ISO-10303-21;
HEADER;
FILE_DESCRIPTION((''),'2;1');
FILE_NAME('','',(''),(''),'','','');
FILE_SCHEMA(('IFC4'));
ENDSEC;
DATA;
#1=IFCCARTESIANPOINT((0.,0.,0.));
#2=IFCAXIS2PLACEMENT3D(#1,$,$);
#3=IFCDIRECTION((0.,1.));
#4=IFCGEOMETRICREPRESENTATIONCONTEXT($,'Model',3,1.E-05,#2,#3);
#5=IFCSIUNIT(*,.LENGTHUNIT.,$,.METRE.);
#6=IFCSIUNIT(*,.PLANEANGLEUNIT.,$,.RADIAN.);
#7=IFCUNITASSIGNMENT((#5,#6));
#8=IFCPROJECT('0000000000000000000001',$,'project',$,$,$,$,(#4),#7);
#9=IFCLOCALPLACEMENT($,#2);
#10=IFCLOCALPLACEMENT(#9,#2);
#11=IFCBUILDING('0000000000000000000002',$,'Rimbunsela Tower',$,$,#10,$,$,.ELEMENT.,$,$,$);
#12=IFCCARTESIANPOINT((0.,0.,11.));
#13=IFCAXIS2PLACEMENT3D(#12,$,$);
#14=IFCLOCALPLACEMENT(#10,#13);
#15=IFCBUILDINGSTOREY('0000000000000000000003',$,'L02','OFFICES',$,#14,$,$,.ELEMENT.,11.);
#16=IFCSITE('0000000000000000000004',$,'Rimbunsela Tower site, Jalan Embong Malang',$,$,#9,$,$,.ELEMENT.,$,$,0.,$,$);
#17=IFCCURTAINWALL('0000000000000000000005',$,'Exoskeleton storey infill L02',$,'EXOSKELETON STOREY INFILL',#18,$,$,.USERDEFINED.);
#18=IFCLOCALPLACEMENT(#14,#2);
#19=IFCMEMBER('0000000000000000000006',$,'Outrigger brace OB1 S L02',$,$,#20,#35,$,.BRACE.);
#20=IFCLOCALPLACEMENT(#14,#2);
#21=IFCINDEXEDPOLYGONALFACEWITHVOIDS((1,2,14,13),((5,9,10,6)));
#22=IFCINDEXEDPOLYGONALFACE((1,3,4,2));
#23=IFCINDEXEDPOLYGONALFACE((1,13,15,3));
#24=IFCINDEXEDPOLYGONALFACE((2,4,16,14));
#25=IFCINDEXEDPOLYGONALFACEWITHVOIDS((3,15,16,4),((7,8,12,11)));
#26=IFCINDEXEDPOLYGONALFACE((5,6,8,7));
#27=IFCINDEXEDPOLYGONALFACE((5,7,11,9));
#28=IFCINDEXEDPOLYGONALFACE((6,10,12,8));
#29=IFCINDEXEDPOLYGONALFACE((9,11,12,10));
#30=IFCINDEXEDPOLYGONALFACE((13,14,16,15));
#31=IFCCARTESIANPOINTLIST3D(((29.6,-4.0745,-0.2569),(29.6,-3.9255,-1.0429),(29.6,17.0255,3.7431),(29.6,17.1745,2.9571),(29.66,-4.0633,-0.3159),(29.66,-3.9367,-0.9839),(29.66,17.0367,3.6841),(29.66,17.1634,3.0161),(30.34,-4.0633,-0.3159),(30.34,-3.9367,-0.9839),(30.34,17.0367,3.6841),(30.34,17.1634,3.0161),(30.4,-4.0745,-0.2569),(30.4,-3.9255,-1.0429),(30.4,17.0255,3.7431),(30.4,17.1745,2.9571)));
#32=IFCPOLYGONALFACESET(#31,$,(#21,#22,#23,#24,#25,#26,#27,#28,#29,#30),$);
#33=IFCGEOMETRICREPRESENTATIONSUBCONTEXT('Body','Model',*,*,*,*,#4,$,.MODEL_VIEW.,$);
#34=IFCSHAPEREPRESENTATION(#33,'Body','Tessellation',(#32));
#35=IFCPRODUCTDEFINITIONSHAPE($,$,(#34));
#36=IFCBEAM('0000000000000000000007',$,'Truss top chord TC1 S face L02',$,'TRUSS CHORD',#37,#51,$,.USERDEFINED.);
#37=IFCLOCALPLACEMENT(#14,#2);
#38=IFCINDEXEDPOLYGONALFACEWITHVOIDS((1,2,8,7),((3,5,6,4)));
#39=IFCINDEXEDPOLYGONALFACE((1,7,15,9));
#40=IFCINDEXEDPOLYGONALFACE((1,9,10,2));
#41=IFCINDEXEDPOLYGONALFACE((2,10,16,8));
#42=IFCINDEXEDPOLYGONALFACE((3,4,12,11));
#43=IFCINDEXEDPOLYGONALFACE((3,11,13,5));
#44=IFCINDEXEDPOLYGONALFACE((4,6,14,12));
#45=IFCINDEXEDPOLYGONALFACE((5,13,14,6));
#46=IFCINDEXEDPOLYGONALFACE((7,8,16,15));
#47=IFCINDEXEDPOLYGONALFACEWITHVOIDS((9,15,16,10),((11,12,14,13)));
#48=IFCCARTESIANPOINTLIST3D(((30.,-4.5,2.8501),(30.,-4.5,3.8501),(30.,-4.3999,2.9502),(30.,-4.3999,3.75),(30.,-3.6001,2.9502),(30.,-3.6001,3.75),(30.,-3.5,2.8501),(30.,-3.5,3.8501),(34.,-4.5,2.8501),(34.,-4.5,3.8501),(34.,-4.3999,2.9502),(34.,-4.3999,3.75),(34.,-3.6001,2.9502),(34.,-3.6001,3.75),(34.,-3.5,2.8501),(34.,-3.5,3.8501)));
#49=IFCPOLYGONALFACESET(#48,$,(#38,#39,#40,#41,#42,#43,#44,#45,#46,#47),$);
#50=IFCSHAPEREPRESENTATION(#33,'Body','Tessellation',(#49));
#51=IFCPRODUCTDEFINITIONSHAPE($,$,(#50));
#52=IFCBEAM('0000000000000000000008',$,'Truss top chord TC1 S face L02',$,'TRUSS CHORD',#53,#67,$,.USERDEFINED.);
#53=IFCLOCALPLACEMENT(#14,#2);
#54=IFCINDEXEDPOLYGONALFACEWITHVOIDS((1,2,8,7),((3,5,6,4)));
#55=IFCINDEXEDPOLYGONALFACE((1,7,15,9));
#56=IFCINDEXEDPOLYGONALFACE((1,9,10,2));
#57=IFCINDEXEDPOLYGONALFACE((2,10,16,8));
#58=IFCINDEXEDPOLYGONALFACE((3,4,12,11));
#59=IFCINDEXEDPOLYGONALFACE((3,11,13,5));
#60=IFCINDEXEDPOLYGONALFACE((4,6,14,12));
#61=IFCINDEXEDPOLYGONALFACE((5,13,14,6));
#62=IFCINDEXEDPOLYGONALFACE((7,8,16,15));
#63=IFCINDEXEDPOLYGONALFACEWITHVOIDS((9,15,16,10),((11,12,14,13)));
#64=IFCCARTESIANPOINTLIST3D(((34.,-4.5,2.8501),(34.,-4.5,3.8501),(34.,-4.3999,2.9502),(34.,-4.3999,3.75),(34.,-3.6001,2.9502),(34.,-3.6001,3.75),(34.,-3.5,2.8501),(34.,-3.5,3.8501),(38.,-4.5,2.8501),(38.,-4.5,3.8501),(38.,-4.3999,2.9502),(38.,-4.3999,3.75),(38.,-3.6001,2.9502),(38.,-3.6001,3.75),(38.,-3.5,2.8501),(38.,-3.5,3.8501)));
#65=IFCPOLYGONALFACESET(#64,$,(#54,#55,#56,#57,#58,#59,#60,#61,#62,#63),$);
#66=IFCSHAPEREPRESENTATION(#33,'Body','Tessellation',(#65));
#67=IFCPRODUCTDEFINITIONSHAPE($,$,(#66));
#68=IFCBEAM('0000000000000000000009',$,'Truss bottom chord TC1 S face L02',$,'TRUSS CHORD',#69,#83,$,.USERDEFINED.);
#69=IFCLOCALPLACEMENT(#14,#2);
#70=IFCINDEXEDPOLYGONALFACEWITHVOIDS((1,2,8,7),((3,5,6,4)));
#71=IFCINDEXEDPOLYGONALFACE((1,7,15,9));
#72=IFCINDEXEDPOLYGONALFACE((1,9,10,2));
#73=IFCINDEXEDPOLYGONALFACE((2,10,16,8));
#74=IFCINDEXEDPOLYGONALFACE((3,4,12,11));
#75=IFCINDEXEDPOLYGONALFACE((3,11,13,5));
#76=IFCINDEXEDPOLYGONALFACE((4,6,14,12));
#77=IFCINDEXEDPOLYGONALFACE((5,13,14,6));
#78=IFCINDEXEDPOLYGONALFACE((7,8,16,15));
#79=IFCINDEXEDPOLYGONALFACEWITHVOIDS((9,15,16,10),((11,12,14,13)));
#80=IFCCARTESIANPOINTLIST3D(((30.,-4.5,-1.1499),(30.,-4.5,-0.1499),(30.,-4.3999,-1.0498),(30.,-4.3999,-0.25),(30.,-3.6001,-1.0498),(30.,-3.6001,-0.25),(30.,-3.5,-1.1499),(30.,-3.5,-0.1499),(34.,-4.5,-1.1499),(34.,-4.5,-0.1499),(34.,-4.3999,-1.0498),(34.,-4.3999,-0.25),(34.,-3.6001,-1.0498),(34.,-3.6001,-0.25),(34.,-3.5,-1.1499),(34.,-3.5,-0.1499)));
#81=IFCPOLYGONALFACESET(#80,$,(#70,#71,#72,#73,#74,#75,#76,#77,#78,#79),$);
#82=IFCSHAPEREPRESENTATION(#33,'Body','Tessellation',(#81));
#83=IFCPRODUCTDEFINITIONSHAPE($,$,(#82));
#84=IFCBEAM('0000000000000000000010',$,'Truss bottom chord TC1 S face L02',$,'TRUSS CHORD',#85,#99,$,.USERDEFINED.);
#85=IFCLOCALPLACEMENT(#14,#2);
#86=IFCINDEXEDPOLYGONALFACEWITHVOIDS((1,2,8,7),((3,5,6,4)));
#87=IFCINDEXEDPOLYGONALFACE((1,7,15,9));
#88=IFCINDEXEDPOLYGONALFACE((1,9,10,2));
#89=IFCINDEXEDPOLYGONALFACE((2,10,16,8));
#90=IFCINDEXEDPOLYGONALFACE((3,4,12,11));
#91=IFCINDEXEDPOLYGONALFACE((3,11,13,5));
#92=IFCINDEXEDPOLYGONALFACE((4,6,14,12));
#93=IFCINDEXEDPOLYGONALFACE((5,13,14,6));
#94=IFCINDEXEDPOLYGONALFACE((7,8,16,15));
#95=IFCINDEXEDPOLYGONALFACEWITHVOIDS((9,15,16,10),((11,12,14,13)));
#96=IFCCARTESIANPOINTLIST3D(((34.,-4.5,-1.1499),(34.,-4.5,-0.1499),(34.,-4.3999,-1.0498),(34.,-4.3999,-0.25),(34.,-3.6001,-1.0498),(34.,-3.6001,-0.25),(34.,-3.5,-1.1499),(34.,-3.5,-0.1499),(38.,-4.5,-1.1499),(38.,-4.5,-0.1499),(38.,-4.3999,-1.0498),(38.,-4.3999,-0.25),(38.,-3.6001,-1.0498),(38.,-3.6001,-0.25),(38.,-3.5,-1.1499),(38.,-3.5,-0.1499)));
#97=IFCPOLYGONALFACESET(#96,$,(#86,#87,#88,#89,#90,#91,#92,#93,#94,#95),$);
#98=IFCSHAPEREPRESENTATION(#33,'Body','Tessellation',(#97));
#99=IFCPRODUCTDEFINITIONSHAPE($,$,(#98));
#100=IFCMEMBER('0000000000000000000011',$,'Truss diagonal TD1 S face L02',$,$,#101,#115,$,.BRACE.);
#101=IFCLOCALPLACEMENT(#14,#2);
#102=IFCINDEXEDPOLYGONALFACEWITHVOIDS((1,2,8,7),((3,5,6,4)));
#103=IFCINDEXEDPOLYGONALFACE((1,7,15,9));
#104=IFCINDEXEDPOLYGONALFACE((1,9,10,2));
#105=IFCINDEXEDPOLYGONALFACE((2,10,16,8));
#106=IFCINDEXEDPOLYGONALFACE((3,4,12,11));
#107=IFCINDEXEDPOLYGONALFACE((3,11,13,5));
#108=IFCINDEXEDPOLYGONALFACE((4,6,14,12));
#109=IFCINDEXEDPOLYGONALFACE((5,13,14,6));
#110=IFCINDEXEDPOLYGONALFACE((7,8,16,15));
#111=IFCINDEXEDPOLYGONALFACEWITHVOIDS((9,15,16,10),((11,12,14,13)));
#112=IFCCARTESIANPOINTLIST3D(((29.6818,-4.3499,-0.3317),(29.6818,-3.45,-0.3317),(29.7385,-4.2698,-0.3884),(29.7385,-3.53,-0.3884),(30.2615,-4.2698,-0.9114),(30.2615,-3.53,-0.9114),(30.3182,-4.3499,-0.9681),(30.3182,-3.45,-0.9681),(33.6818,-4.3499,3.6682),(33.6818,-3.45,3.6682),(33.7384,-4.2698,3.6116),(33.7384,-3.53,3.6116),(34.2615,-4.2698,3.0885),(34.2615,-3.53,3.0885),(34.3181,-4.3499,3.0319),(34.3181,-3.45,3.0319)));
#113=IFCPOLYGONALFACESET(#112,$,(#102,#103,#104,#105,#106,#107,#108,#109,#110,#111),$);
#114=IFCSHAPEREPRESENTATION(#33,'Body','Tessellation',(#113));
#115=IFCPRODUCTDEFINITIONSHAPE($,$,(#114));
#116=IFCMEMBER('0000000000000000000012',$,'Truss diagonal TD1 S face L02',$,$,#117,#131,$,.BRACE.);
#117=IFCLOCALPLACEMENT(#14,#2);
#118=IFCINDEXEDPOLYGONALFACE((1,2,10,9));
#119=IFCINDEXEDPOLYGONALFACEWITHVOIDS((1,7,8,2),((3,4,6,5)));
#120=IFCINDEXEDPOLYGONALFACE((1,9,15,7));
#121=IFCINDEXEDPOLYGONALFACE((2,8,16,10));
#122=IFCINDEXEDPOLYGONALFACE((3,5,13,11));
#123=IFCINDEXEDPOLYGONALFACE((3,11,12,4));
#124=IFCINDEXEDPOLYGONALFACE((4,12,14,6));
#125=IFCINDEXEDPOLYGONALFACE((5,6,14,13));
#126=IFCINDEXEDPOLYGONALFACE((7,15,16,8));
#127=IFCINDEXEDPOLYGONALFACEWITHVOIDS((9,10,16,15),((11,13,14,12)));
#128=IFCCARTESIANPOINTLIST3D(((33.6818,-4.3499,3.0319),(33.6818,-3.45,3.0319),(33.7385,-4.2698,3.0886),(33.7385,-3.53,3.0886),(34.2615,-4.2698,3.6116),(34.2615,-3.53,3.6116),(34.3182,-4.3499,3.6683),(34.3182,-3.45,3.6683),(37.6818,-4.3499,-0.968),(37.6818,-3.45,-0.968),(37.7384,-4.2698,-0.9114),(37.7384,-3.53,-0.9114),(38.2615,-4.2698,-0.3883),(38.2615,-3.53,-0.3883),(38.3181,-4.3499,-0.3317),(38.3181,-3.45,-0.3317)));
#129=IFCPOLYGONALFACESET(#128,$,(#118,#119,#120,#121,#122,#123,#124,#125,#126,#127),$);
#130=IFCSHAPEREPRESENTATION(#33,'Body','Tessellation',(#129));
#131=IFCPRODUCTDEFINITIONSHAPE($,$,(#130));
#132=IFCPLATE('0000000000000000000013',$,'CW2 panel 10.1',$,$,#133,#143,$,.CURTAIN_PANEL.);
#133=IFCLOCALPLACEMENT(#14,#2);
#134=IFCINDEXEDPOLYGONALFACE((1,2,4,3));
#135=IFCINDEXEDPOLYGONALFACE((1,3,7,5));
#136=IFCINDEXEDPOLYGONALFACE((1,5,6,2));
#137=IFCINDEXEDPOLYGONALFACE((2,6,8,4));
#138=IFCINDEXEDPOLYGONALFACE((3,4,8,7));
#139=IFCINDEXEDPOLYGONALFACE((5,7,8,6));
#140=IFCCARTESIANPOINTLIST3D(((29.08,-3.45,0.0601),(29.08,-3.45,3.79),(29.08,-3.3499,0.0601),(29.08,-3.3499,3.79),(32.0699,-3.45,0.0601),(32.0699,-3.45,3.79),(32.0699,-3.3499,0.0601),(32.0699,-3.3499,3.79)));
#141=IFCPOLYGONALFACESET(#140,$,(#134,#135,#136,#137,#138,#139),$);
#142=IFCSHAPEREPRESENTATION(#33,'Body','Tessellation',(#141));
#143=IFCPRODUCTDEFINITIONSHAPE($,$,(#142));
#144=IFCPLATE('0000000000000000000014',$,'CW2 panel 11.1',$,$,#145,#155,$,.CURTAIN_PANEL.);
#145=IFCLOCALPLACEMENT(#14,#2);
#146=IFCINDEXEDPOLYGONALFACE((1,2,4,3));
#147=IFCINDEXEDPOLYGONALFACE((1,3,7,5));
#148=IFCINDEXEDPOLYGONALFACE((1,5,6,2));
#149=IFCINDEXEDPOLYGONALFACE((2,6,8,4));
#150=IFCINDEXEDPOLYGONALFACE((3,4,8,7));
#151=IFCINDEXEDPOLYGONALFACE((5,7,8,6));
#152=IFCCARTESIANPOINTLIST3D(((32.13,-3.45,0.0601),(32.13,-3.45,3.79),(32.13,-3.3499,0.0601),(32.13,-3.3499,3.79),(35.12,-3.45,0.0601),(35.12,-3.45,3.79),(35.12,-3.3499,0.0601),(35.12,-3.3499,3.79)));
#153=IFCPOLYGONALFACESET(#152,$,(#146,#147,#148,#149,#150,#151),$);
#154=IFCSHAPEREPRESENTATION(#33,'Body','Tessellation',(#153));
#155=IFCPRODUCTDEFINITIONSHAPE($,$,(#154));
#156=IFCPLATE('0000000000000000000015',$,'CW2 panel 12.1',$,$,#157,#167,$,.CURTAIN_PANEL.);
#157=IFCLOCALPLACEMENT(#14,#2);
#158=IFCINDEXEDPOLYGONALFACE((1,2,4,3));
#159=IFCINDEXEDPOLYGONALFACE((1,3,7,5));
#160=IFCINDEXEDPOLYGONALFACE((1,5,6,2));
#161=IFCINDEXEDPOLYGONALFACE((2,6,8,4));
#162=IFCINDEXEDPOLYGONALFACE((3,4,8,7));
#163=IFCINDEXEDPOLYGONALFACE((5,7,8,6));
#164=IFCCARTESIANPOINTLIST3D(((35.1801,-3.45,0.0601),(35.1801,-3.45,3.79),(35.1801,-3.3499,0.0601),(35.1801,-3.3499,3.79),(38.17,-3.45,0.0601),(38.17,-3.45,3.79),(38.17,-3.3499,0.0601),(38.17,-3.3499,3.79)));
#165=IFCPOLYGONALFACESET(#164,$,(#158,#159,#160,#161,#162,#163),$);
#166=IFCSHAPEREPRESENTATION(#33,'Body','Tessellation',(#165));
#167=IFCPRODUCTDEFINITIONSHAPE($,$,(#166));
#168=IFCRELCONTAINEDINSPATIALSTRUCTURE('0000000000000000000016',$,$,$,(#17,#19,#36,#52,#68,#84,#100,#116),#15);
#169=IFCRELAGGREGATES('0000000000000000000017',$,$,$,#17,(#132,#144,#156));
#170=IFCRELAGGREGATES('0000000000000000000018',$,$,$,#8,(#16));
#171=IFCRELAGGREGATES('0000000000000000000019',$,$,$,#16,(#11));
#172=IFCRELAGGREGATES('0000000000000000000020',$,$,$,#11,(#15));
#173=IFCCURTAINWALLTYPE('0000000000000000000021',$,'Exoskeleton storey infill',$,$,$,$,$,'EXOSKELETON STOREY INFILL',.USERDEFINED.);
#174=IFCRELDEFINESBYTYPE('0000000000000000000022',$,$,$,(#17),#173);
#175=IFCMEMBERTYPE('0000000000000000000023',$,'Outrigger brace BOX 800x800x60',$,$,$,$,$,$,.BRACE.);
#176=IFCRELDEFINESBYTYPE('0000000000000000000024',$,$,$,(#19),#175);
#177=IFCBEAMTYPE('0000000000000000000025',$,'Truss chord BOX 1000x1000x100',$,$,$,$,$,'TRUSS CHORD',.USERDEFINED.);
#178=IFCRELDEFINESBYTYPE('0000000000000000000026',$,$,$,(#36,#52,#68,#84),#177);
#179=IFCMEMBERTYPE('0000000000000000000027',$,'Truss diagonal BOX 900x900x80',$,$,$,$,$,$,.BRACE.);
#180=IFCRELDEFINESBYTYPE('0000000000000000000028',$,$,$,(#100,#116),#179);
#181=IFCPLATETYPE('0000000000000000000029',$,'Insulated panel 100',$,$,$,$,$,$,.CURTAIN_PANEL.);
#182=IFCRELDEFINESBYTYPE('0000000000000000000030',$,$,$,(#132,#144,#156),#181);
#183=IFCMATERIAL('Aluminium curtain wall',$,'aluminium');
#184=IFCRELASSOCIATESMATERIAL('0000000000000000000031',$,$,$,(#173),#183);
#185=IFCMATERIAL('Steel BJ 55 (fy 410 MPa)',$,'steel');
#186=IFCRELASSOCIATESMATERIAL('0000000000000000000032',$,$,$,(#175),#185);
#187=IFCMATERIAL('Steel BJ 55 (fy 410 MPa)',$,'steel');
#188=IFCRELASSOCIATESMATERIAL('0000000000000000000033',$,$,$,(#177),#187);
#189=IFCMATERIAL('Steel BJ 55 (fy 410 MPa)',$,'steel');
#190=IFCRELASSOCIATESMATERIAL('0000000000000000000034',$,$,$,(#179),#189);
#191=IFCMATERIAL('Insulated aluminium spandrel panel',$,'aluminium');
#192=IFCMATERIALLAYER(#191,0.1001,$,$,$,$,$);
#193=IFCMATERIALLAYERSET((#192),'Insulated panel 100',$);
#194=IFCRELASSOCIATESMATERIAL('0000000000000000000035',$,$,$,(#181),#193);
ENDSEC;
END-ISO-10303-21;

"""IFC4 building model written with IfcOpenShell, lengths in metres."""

from ifc_helpers import new_model, si_unit, direction, frame, origin, origin_2d, place, context, subcontext, project, spatial, rectangle, hollow_rectangle, extrude, material, layer, layer_set, material_profile, profile_set, type_object, element, aggregate, save


model = new_model("IFC4")

# Units and contexts
model_context = context("Model", 3, precision=1e-05, world=origin(), true_north=direction((0.0, 1.0)))
body_context = subcontext(model_context, "Body", "Model", "MODEL_VIEW")
ifc_project = project(units=[si_unit("LENGTHUNIT", "METRE"), si_unit("PLANEANGLEUNIT", "RADIAN")], contexts=[model_context])

# Site, building, storey
site_placement = place(None, origin())
site = spatial("IfcSite", under=ifc_project, at=site_placement, Name="Rimbunsela Tower site, Jalan Embong Malang", CompositionType="ELEMENT", RefElevation=0.0)
building_placement = place(site_placement, origin())
building = spatial("IfcBuilding", under=site, at=building_placement, Name="Rimbunsela Tower", CompositionType="ELEMENT")
storey_placement = place(building_placement, frame((0.0, 0.0, 11.0)))
storey = spatial("IfcBuildingStorey", under=building, at=storey_placement, Name="L02", Description="OFFICES", CompositionType="ELEMENT", Elevation=11.0)

# Curtain wall
ifc_material_1 = material(Name="Aluminium curtain wall", Category="aluminium")
curtain_wall_type = type_object("IfcCurtainWallType", Name="Exoskeleton storey infill", ElementType="EXOSKELETON STOREY INFILL", PredefinedType="USERDEFINED", material=ifc_material_1)
curtain_wall_placement = place(storey_placement, origin())
curtain_wall = element("IfcCurtainWall", 1, at=curtain_wall_placement, inside=storey, type_object=curtain_wall_type, Name="Exoskeleton storey infill L02", ObjectType="EXOSKELETON STOREY INFILL", PredefinedType="USERDEFINED")

# Member
ifc_material_2 = material(Name="Steel BJ 55 (fy 410 MPa)", Category="steel")
ifc_material_profile_1 = material_profile(ifc_material_2, hollow_rectangle(XDim=0.8, YDim=0.8, WallThickness=0.0601, at=origin_2d()), Name="BOX 800x800x60")
ifc_profile_set_1 = profile_set([ifc_material_profile_1], Name="Steel BJ 55 (fy 410 MPa)")
member_type_1 = type_object("IfcMemberType", Name="Outrigger brace BOX 800x800x60", PredefinedType="BRACE", material=ifc_profile_set_1)
member_1_placement = place(storey_placement, frame((30.0, -4.0, -0.6499), z_axis=(0.0, 0.982501, 0.186255), x_axis=(-1.0, 0.0, 0.0)))
element("IfcMember", 2, at=member_1_placement, inside=storey, type_object=member_type_1, Name="Outrigger brace OB1 S L02", PredefinedType="BRACE", context=body_context, shape_type="SweptSolid", body=[
    extrude(hollow_rectangle(XDim=0.8, YDim=0.8, WallThickness=0.0601, at=origin_2d()), origin(), (0.0, 0.0, 1.0), 21.4758),
])

# Beams
ifc_material_3 = material(Name="Steel BJ 55 (fy 410 MPa)", Category="steel")
ifc_material_profile_2 = material_profile(ifc_material_3, hollow_rectangle(XDim=1.0, YDim=1.0, WallThickness=0.1001, at=origin_2d()), Name="BOX 1000x1000x100")
ifc_profile_set_2 = profile_set([ifc_material_profile_2], Name="Steel BJ 55 (fy 410 MPa)")
beam_type_1 = type_object("IfcBeamType", Name="Truss chord BOX 1000x1000x100", ElementType="TRUSS CHORD", PredefinedType="USERDEFINED", material=ifc_profile_set_2)
for number, where, z_axis, x_axis, name in (
    (3, (30.0, -4.0, 3.3501), (1.0, 0.0, 0.0), (0.0, 1.0, 0.0), "Truss top chord TC1 S face L02"),
    (4, (34.0, -4.0, 3.3501), (1.0, 0.0, 0.0), (0.0, 1.0, 0.0), "Truss top chord TC1 S face L02"),
    (5, (30.0, -4.0, -0.6499), (1.0, 0.0, 0.0), (0.0, 1.0, 0.0), "Truss bottom chord TC1 S face L02"),
    (6, (34.0, -4.0, -0.6499), (1.0, 0.0, 0.0), (0.0, 1.0, 0.0), "Truss bottom chord TC1 S face L02"),
):
    element("IfcBeam", number, at=place(storey_placement, frame(where, z_axis=z_axis, x_axis=x_axis)), inside=storey, type_object=beam_type_1, Name=name, ObjectType="TRUSS CHORD", PredefinedType="USERDEFINED", context=body_context, shape_type="SweptSolid", body=[
        extrude(hollow_rectangle(XDim=1.0, YDim=1.0, WallThickness=0.1001, at=origin_2d()), origin(), (0.0, 0.0, 1.0), 4.0),
    ])

# Members
ifc_material_4 = material(Name="Steel BJ 55 (fy 410 MPa)", Category="steel")
ifc_material_profile_3 = material_profile(ifc_material_4, hollow_rectangle(XDim=0.8999, YDim=0.8999, WallThickness=0.0801, at=origin_2d()), Name="BOX 900x900x80")
ifc_profile_set_3 = profile_set([ifc_material_profile_3], Name="Steel BJ 55 (fy 410 MPa)")
member_type_2 = type_object("IfcMemberType", Name="Truss diagonal BOX 900x900x80", PredefinedType="BRACE", material=ifc_profile_set_3)
for number, where, z_axis, x_axis, name in (
    (7, (30.0, -3.8999, -0.6499), (0.707107, 0.0, 0.707107), (0.0, 1.0, 0.0), "Truss diagonal TD1 S face L02"),
    (8, (34.0, -3.8999, 3.3501), (0.707107, 0.0, -0.707107), (0.0, 1.0, 0.0), "Truss diagonal TD1 S face L02"),
):
    element("IfcMember", number, at=place(storey_placement, frame(where, z_axis=z_axis, x_axis=x_axis)), inside=storey, type_object=member_type_2, Name=name, PredefinedType="BRACE", context=body_context, shape_type="SweptSolid", body=[
        extrude(hollow_rectangle(XDim=0.8999, YDim=0.8999, WallThickness=0.0801, at=origin_2d()), origin(), (0.0, 0.0, 1.0), 5.6567),
    ])

# Plates
ifc_material_5 = material(Name="Insulated aluminium spandrel panel", Category="aluminium")
ifc_layer = layer(ifc_material_5, 0.1001)
ifc_layer_set = layer_set([ifc_layer], Name="Insulated panel 100")
plate_type = type_object("IfcPlateType", Name="Insulated panel 100", PredefinedType="CURTAIN_PANEL", material=ifc_layer_set)
plate_1_placement = place(storey_placement, frame((30.575, -3.3999, 0.0601), z_axis=(0.0, 0.0, 1.0), x_axis=(1.0, 0.0, 0.0)))
plate_1 = element("IfcPlate", 9, at=plate_1_placement, type_object=plate_type, Name="CW2 panel 10.1", PredefinedType="CURTAIN_PANEL", context=body_context, shape_type="SweptSolid", body=[
    extrude(rectangle(XDim=2.99, YDim=0.1001, at=origin_2d()), origin(), (0.0, 0.0, 1.0), 3.73),
])
plate_2_placement = place(storey_placement, frame((33.625, -3.3999, 0.0601), z_axis=(0.0, 0.0, 1.0), x_axis=(1.0, 0.0, 0.0)))
plate_2 = element("IfcPlate", 10, at=plate_2_placement, type_object=plate_type, Name="CW2 panel 11.1", PredefinedType="CURTAIN_PANEL", context=body_context, shape_type="SweptSolid", body=[
    extrude(rectangle(XDim=2.99, YDim=0.1001, at=origin_2d()), origin(), (0.0, 0.0, 1.0), 3.73),
])
plate_3_placement = place(storey_placement, frame((36.675, -3.3999, 0.0601), z_axis=(0.0, 0.0, 1.0), x_axis=(1.0, 0.0, 0.0)))
plate_3 = element("IfcPlate", 11, at=plate_3_placement, type_object=plate_type, Name="CW2 panel 12.1", PredefinedType="CURTAIN_PANEL", context=body_context, shape_type="SweptSolid", body=[
    extrude(rectangle(XDim=2.99, YDim=0.1001, at=origin_2d()), origin(), (0.0, 0.0, 1.0), 3.73),
])
aggregate(curtain_wall, [plate_1, plate_2, plate_3])

save(model, "model.ifc")
